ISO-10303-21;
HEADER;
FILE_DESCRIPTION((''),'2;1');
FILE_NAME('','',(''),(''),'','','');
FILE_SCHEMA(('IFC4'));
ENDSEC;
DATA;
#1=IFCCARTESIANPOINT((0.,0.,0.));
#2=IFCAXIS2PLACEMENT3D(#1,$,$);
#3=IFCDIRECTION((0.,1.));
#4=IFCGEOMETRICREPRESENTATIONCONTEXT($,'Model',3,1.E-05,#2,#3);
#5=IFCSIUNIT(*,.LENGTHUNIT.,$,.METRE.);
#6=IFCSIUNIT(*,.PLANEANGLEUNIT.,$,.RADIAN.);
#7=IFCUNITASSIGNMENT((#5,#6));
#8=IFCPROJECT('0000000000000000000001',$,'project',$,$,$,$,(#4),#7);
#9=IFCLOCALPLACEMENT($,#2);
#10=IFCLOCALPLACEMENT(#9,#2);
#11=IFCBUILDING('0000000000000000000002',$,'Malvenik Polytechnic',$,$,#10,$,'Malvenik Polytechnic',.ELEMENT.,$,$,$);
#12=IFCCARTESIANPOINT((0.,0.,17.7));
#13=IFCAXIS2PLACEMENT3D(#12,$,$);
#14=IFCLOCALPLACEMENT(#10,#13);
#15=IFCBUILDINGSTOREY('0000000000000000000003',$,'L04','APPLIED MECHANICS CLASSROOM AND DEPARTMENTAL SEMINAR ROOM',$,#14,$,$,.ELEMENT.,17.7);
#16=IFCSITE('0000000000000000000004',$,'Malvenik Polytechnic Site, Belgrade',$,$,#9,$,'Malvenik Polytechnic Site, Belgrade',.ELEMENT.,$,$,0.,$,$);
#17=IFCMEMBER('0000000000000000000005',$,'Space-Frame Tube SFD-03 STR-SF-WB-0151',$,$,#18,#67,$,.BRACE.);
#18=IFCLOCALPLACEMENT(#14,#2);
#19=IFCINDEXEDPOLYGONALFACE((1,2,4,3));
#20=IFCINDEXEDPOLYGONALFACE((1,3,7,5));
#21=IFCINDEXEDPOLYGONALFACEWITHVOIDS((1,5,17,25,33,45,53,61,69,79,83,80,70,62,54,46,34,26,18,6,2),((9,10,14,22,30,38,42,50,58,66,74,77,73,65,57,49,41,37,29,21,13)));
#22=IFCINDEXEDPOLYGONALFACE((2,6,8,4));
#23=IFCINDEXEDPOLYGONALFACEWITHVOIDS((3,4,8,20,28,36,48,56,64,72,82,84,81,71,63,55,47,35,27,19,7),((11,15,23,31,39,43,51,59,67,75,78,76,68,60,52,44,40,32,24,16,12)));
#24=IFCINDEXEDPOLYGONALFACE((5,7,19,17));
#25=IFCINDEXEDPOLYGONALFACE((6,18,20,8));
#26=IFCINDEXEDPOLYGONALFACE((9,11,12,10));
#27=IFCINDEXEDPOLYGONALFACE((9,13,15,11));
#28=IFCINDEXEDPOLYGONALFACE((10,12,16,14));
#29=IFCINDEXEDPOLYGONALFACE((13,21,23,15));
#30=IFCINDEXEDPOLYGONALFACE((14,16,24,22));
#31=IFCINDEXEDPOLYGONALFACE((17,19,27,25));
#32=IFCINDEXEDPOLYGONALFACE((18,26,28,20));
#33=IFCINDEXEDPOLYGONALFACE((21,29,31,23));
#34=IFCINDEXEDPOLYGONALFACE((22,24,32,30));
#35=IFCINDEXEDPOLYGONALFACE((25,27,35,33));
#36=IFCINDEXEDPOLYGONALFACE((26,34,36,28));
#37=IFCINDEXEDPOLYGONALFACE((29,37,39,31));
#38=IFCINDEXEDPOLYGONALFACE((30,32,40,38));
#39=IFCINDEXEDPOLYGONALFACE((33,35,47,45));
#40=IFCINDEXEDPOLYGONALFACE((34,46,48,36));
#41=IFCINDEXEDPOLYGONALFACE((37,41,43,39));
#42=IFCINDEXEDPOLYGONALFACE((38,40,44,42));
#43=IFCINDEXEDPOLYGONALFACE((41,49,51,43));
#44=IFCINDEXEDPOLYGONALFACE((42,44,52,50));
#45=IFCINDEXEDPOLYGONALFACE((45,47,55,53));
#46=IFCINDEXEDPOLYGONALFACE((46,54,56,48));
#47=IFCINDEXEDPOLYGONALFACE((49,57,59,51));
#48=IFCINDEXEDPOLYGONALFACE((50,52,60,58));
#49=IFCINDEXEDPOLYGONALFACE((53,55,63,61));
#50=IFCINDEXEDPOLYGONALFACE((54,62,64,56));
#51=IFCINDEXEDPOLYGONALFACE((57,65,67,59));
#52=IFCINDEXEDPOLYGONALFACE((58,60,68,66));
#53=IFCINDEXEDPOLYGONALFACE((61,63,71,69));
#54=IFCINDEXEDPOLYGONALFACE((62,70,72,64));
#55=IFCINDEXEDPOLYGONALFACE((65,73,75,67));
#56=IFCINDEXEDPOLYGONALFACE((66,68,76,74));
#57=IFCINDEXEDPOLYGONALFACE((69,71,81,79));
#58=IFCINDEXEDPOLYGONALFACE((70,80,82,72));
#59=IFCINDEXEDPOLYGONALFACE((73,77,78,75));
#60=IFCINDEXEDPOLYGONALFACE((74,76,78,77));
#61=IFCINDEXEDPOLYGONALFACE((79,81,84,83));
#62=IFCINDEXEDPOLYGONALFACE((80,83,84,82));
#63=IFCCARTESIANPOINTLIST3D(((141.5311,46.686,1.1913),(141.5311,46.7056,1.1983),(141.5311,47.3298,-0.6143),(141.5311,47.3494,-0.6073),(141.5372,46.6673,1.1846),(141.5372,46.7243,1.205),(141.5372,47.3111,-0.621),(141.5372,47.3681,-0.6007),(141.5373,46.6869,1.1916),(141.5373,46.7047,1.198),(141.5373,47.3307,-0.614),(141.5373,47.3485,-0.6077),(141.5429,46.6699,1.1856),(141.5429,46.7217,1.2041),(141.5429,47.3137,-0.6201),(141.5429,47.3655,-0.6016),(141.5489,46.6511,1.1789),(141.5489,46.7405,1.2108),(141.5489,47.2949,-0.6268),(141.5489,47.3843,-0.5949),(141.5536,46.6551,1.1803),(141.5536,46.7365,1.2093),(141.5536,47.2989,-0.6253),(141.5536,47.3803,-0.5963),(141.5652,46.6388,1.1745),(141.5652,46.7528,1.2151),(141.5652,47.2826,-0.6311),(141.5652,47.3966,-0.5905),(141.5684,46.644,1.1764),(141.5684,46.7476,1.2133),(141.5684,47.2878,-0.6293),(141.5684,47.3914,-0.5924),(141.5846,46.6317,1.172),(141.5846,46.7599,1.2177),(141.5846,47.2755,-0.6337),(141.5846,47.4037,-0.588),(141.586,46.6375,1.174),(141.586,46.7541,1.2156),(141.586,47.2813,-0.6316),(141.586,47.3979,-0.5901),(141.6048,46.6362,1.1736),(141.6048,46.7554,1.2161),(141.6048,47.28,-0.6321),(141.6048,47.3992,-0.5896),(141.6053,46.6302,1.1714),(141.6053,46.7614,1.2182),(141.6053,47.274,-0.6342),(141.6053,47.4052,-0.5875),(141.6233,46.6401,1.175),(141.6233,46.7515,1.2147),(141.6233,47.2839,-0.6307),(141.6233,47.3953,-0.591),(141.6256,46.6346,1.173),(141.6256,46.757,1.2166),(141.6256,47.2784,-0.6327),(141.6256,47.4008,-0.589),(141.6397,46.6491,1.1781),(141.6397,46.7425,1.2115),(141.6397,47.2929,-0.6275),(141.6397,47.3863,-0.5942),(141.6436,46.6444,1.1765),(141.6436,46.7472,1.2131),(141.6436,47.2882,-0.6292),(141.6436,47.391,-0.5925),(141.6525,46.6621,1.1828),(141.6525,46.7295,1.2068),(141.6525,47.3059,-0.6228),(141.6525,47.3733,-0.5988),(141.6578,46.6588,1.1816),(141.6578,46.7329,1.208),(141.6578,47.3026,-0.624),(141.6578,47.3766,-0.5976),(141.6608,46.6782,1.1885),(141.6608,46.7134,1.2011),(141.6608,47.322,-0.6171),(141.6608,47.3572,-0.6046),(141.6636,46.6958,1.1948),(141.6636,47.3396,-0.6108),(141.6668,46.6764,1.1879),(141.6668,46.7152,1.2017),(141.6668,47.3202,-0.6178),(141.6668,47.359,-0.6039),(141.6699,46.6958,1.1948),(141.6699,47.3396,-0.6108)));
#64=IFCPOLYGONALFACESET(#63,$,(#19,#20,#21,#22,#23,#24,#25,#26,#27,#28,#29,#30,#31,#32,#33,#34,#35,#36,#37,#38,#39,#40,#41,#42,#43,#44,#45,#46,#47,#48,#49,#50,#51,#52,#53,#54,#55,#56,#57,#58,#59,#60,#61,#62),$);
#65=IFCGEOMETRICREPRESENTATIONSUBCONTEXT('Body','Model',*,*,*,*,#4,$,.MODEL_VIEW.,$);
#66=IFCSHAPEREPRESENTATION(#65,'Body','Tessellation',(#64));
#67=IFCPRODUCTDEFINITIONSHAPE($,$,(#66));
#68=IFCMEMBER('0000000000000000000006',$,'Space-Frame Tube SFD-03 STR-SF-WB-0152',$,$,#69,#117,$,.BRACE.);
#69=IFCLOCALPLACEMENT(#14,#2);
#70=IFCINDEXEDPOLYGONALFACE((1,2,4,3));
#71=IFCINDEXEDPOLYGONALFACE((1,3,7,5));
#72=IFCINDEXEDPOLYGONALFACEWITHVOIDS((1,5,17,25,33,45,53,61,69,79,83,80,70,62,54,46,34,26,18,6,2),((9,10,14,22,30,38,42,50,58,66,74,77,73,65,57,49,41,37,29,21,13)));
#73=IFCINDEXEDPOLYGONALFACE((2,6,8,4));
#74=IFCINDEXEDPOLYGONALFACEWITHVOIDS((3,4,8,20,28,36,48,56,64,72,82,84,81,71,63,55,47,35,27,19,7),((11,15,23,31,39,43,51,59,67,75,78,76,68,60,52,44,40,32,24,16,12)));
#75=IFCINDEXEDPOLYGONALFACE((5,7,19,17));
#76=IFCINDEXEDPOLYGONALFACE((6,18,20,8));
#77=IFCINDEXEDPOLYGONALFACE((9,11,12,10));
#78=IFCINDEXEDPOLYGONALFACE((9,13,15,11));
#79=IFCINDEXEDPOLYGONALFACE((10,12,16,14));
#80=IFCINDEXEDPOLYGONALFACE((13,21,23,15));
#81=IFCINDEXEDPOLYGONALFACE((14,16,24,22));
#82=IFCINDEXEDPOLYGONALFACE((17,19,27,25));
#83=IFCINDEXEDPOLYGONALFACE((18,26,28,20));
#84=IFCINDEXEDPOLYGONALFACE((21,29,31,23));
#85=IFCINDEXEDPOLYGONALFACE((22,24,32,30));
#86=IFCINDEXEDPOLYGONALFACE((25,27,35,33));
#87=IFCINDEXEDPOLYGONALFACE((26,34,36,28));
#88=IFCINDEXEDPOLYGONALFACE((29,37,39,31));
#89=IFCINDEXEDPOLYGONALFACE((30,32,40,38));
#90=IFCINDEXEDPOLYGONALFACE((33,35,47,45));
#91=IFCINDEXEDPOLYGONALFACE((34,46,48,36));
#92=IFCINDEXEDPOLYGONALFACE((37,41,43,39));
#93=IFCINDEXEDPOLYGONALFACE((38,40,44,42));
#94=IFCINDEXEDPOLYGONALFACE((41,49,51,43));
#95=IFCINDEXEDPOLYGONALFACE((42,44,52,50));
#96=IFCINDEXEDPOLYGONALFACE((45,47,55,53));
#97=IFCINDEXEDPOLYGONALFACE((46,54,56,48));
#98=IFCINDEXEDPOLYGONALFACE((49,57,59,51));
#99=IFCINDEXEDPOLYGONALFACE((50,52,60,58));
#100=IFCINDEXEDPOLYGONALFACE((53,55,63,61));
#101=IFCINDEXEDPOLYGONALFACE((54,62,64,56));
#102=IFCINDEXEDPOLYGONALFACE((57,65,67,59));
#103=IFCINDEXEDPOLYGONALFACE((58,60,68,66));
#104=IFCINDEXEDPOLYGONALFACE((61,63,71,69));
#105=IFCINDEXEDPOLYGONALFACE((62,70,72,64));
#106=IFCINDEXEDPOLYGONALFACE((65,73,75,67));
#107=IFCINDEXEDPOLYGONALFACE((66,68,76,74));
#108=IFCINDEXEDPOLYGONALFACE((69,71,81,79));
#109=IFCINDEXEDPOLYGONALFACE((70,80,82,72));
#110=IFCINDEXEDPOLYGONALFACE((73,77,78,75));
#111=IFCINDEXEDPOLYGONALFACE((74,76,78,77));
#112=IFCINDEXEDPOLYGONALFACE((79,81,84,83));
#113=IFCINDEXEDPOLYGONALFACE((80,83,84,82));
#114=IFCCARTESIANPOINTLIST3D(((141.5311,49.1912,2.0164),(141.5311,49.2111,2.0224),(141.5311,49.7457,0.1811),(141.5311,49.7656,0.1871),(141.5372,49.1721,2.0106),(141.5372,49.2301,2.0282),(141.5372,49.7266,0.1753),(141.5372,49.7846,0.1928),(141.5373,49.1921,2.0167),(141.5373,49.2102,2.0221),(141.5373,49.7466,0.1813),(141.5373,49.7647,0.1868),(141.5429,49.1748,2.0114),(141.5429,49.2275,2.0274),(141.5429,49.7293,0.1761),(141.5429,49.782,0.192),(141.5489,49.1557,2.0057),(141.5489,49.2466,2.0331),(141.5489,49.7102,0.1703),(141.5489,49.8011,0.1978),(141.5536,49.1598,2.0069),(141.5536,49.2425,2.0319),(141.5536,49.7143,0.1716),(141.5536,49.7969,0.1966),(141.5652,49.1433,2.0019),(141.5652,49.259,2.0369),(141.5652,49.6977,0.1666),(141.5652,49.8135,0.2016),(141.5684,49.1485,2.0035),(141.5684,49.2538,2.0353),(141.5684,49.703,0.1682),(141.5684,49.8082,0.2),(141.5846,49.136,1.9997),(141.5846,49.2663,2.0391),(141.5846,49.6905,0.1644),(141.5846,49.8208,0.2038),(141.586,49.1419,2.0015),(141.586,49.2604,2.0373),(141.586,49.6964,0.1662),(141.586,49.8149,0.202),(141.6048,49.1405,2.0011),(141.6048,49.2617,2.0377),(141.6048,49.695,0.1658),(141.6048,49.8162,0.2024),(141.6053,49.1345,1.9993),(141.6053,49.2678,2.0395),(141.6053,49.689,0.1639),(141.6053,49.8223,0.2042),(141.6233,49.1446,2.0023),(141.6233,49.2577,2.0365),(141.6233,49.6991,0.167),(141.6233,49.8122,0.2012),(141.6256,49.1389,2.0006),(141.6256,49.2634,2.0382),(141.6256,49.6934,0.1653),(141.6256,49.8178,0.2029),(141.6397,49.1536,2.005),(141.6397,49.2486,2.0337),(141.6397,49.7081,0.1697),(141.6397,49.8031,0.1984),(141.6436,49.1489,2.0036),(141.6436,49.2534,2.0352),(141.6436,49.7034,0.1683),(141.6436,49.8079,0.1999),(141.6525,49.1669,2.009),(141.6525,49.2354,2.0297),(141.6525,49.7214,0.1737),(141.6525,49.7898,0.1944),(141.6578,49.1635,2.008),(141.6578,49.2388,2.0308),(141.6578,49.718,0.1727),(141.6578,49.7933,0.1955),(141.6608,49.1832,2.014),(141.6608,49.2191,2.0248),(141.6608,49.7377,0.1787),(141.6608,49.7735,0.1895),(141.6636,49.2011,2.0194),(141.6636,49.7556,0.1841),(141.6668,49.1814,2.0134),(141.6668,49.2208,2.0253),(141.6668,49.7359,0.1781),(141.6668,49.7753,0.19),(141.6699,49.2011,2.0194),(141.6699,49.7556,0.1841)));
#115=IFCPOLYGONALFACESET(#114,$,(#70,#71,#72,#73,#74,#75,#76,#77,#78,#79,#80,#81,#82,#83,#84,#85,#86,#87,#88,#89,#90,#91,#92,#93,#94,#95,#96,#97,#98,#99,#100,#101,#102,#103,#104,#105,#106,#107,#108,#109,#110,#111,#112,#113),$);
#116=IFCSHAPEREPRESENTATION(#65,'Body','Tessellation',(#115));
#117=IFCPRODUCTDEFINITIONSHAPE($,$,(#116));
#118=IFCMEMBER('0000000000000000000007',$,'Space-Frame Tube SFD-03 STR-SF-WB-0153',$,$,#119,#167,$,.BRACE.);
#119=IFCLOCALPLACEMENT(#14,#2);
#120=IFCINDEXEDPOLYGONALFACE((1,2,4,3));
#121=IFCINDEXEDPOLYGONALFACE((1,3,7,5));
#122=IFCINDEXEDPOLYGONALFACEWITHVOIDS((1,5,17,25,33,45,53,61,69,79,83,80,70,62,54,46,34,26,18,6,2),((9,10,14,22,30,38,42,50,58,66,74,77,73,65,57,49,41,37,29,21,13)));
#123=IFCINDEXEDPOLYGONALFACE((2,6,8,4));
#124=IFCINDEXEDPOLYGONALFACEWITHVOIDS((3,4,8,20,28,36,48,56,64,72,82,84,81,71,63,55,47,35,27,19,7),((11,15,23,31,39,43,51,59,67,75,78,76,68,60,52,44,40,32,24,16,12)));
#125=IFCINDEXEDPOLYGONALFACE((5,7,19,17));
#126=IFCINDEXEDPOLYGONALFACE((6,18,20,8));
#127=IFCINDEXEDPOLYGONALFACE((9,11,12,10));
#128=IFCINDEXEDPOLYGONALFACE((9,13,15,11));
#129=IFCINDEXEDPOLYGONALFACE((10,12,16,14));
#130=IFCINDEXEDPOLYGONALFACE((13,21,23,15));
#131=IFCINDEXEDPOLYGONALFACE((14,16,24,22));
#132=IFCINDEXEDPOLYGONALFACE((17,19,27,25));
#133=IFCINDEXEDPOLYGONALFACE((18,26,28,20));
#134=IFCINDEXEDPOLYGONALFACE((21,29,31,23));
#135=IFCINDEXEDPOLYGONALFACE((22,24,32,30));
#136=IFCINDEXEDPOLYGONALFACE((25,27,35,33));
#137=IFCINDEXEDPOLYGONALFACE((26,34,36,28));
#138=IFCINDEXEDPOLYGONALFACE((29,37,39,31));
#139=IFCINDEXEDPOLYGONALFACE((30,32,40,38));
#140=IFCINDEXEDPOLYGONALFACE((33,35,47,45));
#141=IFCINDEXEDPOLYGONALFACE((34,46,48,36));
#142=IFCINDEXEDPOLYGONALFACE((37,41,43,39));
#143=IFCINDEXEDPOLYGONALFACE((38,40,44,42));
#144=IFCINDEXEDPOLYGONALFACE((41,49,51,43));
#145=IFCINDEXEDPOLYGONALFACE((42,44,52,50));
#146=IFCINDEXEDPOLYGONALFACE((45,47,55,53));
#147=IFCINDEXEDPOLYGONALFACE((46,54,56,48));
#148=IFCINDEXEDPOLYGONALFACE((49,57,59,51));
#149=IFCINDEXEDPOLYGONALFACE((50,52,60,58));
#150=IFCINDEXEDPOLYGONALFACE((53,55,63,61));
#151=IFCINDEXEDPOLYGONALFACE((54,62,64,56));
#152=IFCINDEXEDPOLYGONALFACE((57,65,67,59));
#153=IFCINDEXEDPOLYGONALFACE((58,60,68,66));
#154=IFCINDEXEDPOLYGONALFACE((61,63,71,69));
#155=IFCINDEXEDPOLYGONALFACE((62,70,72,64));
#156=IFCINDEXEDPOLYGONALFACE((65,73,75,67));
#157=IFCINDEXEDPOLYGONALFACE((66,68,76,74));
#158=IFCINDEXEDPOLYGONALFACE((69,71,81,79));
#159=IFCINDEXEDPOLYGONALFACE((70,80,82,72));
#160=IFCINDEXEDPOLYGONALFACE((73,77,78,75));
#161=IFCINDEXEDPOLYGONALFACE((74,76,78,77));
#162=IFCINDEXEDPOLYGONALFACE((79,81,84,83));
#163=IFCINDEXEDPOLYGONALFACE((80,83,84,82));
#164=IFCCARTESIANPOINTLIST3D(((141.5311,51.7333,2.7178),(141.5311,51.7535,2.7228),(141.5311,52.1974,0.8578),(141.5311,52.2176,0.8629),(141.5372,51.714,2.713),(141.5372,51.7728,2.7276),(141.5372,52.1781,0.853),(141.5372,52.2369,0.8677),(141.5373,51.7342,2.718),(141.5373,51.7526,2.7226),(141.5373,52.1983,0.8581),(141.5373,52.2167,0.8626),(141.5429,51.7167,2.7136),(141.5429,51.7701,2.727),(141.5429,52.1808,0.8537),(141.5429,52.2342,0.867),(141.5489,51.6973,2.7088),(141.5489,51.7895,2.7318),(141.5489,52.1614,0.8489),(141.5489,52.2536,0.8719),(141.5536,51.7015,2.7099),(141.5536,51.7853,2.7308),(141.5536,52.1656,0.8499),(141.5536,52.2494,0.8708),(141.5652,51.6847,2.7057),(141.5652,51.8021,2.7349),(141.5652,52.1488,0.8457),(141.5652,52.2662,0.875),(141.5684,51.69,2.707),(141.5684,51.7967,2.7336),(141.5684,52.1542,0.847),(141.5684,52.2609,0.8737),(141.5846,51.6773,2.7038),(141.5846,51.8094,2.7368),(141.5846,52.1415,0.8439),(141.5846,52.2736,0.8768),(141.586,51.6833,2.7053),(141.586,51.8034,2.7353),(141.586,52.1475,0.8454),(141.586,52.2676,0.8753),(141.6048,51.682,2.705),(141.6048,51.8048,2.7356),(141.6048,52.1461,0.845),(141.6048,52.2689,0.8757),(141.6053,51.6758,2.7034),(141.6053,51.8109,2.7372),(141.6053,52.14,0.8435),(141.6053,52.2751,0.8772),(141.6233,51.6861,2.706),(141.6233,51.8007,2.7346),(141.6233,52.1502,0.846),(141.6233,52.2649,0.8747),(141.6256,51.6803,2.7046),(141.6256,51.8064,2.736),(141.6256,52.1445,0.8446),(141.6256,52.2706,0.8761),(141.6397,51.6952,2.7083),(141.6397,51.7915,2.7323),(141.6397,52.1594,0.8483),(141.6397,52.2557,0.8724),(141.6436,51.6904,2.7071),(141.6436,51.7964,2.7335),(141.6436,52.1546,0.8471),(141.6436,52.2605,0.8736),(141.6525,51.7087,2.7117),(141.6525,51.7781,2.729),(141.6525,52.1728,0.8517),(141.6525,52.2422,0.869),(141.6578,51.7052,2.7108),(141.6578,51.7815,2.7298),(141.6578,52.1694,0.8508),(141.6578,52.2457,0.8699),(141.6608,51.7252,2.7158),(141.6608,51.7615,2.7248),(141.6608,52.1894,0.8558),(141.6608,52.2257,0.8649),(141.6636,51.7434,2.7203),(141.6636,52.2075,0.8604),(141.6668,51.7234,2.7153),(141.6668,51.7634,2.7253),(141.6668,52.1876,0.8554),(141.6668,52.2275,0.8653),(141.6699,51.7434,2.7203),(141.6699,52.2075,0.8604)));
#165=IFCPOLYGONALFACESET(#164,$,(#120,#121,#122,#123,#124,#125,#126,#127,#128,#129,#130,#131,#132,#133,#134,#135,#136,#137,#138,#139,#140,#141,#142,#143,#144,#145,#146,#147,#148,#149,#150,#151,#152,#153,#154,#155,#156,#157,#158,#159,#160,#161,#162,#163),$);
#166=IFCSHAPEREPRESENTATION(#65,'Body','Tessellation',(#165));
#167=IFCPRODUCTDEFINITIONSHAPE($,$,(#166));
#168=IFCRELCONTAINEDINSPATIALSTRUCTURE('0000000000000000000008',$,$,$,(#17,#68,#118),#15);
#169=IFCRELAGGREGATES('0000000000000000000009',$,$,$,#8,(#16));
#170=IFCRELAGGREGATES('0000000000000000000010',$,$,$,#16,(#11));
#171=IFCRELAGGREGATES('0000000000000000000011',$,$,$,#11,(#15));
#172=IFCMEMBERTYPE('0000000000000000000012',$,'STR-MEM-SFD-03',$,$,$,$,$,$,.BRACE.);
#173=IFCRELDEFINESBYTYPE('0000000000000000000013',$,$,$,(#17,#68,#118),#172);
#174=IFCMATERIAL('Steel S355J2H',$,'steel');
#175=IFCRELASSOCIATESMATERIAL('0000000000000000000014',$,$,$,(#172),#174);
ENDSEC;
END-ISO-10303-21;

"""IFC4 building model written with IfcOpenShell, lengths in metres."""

from ifc_helpers import new_model, si_unit, direction, frame, origin, origin_2d, place, context, subcontext, project, spatial, hollow_circle, extrude, material, material_profile, profile_set, type_object, element, save


model = new_model("IFC4")

# Units and contexts
model_context = context("Model", 3, precision=1e-05, world=origin(), true_north=direction((0.0, 1.0)))
body_context = subcontext(model_context, "Body", "Model", "MODEL_VIEW")
ifc_project = project(units=[si_unit("LENGTHUNIT", "METRE"), si_unit("PLANEANGLEUNIT", "RADIAN")], contexts=[model_context])

# Site, building, storey
site_placement = place(None, origin())
site = spatial("IfcSite", under=ifc_project, at=site_placement, Name="Malvenik Polytechnic Site, Belgrade", LongName="Malvenik Polytechnic Site, Belgrade", CompositionType="ELEMENT", RefElevation=0.0)
building_placement = place(site_placement, origin())
building = spatial("IfcBuilding", under=site, at=building_placement, Name="Malvenik Polytechnic", LongName="Malvenik Polytechnic", CompositionType="ELEMENT")
storey_placement = place(building_placement, frame((0.0, 0.0, 17.7)))
storey = spatial("IfcBuildingStorey", under=building, at=storey_placement, Name="L04", Description="APPLIED MECHANICS CLASSROOM AND DEPARTMENTAL SEMINAR ROOM", CompositionType="ELEMENT", Elevation=17.7)

# Members
ifc_material = material(Name="Steel S355J2H", Category="steel")
ifc_material_profile_1 = material_profile(ifc_material, hollow_circle(Radius=0.0698, WallThickness=0.0063, at=origin_2d()), Name="CHS 139.7x6.3")
ifc_profile_set_1 = profile_set([ifc_material_profile_1], Name="Steel S355J2H")
member_type_1 = type_object("IfcMemberType", Name="STR-MEM-SFD-03", PredefinedType="BRACE", material=ifc_profile_set_1)
member_1_placement = place(storey_placement, frame((141.6001, 47.3396, -0.6108), z_axis=(0.0, -0.335836, 0.94192), x_axis=(1.0, 0.0, 0.0)))
element("IfcMember", 1, at=member_1_placement, inside=storey, type_object=member_type_1, Name="Space-Frame Tube SFD-03 STR-SF-WB-0151", PredefinedType="BRACE", context=body_context, shape_type="SweptSolid", body=[
    extrude(hollow_circle(Radius=0.0698, WallThickness=0.0063, at=origin_2d()), origin(), (0.0, 0.0, 1.0), 1.917),
])
member_2_placement = place(storey_placement, frame((141.6001, 49.7556, 0.1841), z_axis=(0.0, -0.289205, 0.957267), x_axis=(1.0, 0.0, 0.0)))
element("IfcMember", 2, at=member_2_placement, inside=storey, type_object=member_type_1, Name="Space-Frame Tube SFD-03 STR-SF-WB-0152", PredefinedType="BRACE", context=body_context, shape_type="SweptSolid", body=[
    extrude(hollow_circle(Radius=0.0698, WallThickness=0.0063, at=origin_2d()), origin(), (0.0, 0.0, 1.0), 1.9172),
])
member_3_placement = place(storey_placement, frame((141.6001, 52.2075, 0.8604), z_axis=(0.0, -0.242116, 0.970247), x_axis=(1.0, 0.0, 0.0)))
element("IfcMember", 3, at=member_3_placement, inside=storey, type_object=member_type_1, Name="Space-Frame Tube SFD-03 STR-SF-WB-0153", PredefinedType="BRACE", context=body_context, shape_type="SweptSolid", body=[
    extrude(hollow_circle(Radius=0.0698, WallThickness=0.0063, at=origin_2d()), origin(), (0.0, 0.0, 1.0), 1.917),
])

save(model, "model.ifc")
